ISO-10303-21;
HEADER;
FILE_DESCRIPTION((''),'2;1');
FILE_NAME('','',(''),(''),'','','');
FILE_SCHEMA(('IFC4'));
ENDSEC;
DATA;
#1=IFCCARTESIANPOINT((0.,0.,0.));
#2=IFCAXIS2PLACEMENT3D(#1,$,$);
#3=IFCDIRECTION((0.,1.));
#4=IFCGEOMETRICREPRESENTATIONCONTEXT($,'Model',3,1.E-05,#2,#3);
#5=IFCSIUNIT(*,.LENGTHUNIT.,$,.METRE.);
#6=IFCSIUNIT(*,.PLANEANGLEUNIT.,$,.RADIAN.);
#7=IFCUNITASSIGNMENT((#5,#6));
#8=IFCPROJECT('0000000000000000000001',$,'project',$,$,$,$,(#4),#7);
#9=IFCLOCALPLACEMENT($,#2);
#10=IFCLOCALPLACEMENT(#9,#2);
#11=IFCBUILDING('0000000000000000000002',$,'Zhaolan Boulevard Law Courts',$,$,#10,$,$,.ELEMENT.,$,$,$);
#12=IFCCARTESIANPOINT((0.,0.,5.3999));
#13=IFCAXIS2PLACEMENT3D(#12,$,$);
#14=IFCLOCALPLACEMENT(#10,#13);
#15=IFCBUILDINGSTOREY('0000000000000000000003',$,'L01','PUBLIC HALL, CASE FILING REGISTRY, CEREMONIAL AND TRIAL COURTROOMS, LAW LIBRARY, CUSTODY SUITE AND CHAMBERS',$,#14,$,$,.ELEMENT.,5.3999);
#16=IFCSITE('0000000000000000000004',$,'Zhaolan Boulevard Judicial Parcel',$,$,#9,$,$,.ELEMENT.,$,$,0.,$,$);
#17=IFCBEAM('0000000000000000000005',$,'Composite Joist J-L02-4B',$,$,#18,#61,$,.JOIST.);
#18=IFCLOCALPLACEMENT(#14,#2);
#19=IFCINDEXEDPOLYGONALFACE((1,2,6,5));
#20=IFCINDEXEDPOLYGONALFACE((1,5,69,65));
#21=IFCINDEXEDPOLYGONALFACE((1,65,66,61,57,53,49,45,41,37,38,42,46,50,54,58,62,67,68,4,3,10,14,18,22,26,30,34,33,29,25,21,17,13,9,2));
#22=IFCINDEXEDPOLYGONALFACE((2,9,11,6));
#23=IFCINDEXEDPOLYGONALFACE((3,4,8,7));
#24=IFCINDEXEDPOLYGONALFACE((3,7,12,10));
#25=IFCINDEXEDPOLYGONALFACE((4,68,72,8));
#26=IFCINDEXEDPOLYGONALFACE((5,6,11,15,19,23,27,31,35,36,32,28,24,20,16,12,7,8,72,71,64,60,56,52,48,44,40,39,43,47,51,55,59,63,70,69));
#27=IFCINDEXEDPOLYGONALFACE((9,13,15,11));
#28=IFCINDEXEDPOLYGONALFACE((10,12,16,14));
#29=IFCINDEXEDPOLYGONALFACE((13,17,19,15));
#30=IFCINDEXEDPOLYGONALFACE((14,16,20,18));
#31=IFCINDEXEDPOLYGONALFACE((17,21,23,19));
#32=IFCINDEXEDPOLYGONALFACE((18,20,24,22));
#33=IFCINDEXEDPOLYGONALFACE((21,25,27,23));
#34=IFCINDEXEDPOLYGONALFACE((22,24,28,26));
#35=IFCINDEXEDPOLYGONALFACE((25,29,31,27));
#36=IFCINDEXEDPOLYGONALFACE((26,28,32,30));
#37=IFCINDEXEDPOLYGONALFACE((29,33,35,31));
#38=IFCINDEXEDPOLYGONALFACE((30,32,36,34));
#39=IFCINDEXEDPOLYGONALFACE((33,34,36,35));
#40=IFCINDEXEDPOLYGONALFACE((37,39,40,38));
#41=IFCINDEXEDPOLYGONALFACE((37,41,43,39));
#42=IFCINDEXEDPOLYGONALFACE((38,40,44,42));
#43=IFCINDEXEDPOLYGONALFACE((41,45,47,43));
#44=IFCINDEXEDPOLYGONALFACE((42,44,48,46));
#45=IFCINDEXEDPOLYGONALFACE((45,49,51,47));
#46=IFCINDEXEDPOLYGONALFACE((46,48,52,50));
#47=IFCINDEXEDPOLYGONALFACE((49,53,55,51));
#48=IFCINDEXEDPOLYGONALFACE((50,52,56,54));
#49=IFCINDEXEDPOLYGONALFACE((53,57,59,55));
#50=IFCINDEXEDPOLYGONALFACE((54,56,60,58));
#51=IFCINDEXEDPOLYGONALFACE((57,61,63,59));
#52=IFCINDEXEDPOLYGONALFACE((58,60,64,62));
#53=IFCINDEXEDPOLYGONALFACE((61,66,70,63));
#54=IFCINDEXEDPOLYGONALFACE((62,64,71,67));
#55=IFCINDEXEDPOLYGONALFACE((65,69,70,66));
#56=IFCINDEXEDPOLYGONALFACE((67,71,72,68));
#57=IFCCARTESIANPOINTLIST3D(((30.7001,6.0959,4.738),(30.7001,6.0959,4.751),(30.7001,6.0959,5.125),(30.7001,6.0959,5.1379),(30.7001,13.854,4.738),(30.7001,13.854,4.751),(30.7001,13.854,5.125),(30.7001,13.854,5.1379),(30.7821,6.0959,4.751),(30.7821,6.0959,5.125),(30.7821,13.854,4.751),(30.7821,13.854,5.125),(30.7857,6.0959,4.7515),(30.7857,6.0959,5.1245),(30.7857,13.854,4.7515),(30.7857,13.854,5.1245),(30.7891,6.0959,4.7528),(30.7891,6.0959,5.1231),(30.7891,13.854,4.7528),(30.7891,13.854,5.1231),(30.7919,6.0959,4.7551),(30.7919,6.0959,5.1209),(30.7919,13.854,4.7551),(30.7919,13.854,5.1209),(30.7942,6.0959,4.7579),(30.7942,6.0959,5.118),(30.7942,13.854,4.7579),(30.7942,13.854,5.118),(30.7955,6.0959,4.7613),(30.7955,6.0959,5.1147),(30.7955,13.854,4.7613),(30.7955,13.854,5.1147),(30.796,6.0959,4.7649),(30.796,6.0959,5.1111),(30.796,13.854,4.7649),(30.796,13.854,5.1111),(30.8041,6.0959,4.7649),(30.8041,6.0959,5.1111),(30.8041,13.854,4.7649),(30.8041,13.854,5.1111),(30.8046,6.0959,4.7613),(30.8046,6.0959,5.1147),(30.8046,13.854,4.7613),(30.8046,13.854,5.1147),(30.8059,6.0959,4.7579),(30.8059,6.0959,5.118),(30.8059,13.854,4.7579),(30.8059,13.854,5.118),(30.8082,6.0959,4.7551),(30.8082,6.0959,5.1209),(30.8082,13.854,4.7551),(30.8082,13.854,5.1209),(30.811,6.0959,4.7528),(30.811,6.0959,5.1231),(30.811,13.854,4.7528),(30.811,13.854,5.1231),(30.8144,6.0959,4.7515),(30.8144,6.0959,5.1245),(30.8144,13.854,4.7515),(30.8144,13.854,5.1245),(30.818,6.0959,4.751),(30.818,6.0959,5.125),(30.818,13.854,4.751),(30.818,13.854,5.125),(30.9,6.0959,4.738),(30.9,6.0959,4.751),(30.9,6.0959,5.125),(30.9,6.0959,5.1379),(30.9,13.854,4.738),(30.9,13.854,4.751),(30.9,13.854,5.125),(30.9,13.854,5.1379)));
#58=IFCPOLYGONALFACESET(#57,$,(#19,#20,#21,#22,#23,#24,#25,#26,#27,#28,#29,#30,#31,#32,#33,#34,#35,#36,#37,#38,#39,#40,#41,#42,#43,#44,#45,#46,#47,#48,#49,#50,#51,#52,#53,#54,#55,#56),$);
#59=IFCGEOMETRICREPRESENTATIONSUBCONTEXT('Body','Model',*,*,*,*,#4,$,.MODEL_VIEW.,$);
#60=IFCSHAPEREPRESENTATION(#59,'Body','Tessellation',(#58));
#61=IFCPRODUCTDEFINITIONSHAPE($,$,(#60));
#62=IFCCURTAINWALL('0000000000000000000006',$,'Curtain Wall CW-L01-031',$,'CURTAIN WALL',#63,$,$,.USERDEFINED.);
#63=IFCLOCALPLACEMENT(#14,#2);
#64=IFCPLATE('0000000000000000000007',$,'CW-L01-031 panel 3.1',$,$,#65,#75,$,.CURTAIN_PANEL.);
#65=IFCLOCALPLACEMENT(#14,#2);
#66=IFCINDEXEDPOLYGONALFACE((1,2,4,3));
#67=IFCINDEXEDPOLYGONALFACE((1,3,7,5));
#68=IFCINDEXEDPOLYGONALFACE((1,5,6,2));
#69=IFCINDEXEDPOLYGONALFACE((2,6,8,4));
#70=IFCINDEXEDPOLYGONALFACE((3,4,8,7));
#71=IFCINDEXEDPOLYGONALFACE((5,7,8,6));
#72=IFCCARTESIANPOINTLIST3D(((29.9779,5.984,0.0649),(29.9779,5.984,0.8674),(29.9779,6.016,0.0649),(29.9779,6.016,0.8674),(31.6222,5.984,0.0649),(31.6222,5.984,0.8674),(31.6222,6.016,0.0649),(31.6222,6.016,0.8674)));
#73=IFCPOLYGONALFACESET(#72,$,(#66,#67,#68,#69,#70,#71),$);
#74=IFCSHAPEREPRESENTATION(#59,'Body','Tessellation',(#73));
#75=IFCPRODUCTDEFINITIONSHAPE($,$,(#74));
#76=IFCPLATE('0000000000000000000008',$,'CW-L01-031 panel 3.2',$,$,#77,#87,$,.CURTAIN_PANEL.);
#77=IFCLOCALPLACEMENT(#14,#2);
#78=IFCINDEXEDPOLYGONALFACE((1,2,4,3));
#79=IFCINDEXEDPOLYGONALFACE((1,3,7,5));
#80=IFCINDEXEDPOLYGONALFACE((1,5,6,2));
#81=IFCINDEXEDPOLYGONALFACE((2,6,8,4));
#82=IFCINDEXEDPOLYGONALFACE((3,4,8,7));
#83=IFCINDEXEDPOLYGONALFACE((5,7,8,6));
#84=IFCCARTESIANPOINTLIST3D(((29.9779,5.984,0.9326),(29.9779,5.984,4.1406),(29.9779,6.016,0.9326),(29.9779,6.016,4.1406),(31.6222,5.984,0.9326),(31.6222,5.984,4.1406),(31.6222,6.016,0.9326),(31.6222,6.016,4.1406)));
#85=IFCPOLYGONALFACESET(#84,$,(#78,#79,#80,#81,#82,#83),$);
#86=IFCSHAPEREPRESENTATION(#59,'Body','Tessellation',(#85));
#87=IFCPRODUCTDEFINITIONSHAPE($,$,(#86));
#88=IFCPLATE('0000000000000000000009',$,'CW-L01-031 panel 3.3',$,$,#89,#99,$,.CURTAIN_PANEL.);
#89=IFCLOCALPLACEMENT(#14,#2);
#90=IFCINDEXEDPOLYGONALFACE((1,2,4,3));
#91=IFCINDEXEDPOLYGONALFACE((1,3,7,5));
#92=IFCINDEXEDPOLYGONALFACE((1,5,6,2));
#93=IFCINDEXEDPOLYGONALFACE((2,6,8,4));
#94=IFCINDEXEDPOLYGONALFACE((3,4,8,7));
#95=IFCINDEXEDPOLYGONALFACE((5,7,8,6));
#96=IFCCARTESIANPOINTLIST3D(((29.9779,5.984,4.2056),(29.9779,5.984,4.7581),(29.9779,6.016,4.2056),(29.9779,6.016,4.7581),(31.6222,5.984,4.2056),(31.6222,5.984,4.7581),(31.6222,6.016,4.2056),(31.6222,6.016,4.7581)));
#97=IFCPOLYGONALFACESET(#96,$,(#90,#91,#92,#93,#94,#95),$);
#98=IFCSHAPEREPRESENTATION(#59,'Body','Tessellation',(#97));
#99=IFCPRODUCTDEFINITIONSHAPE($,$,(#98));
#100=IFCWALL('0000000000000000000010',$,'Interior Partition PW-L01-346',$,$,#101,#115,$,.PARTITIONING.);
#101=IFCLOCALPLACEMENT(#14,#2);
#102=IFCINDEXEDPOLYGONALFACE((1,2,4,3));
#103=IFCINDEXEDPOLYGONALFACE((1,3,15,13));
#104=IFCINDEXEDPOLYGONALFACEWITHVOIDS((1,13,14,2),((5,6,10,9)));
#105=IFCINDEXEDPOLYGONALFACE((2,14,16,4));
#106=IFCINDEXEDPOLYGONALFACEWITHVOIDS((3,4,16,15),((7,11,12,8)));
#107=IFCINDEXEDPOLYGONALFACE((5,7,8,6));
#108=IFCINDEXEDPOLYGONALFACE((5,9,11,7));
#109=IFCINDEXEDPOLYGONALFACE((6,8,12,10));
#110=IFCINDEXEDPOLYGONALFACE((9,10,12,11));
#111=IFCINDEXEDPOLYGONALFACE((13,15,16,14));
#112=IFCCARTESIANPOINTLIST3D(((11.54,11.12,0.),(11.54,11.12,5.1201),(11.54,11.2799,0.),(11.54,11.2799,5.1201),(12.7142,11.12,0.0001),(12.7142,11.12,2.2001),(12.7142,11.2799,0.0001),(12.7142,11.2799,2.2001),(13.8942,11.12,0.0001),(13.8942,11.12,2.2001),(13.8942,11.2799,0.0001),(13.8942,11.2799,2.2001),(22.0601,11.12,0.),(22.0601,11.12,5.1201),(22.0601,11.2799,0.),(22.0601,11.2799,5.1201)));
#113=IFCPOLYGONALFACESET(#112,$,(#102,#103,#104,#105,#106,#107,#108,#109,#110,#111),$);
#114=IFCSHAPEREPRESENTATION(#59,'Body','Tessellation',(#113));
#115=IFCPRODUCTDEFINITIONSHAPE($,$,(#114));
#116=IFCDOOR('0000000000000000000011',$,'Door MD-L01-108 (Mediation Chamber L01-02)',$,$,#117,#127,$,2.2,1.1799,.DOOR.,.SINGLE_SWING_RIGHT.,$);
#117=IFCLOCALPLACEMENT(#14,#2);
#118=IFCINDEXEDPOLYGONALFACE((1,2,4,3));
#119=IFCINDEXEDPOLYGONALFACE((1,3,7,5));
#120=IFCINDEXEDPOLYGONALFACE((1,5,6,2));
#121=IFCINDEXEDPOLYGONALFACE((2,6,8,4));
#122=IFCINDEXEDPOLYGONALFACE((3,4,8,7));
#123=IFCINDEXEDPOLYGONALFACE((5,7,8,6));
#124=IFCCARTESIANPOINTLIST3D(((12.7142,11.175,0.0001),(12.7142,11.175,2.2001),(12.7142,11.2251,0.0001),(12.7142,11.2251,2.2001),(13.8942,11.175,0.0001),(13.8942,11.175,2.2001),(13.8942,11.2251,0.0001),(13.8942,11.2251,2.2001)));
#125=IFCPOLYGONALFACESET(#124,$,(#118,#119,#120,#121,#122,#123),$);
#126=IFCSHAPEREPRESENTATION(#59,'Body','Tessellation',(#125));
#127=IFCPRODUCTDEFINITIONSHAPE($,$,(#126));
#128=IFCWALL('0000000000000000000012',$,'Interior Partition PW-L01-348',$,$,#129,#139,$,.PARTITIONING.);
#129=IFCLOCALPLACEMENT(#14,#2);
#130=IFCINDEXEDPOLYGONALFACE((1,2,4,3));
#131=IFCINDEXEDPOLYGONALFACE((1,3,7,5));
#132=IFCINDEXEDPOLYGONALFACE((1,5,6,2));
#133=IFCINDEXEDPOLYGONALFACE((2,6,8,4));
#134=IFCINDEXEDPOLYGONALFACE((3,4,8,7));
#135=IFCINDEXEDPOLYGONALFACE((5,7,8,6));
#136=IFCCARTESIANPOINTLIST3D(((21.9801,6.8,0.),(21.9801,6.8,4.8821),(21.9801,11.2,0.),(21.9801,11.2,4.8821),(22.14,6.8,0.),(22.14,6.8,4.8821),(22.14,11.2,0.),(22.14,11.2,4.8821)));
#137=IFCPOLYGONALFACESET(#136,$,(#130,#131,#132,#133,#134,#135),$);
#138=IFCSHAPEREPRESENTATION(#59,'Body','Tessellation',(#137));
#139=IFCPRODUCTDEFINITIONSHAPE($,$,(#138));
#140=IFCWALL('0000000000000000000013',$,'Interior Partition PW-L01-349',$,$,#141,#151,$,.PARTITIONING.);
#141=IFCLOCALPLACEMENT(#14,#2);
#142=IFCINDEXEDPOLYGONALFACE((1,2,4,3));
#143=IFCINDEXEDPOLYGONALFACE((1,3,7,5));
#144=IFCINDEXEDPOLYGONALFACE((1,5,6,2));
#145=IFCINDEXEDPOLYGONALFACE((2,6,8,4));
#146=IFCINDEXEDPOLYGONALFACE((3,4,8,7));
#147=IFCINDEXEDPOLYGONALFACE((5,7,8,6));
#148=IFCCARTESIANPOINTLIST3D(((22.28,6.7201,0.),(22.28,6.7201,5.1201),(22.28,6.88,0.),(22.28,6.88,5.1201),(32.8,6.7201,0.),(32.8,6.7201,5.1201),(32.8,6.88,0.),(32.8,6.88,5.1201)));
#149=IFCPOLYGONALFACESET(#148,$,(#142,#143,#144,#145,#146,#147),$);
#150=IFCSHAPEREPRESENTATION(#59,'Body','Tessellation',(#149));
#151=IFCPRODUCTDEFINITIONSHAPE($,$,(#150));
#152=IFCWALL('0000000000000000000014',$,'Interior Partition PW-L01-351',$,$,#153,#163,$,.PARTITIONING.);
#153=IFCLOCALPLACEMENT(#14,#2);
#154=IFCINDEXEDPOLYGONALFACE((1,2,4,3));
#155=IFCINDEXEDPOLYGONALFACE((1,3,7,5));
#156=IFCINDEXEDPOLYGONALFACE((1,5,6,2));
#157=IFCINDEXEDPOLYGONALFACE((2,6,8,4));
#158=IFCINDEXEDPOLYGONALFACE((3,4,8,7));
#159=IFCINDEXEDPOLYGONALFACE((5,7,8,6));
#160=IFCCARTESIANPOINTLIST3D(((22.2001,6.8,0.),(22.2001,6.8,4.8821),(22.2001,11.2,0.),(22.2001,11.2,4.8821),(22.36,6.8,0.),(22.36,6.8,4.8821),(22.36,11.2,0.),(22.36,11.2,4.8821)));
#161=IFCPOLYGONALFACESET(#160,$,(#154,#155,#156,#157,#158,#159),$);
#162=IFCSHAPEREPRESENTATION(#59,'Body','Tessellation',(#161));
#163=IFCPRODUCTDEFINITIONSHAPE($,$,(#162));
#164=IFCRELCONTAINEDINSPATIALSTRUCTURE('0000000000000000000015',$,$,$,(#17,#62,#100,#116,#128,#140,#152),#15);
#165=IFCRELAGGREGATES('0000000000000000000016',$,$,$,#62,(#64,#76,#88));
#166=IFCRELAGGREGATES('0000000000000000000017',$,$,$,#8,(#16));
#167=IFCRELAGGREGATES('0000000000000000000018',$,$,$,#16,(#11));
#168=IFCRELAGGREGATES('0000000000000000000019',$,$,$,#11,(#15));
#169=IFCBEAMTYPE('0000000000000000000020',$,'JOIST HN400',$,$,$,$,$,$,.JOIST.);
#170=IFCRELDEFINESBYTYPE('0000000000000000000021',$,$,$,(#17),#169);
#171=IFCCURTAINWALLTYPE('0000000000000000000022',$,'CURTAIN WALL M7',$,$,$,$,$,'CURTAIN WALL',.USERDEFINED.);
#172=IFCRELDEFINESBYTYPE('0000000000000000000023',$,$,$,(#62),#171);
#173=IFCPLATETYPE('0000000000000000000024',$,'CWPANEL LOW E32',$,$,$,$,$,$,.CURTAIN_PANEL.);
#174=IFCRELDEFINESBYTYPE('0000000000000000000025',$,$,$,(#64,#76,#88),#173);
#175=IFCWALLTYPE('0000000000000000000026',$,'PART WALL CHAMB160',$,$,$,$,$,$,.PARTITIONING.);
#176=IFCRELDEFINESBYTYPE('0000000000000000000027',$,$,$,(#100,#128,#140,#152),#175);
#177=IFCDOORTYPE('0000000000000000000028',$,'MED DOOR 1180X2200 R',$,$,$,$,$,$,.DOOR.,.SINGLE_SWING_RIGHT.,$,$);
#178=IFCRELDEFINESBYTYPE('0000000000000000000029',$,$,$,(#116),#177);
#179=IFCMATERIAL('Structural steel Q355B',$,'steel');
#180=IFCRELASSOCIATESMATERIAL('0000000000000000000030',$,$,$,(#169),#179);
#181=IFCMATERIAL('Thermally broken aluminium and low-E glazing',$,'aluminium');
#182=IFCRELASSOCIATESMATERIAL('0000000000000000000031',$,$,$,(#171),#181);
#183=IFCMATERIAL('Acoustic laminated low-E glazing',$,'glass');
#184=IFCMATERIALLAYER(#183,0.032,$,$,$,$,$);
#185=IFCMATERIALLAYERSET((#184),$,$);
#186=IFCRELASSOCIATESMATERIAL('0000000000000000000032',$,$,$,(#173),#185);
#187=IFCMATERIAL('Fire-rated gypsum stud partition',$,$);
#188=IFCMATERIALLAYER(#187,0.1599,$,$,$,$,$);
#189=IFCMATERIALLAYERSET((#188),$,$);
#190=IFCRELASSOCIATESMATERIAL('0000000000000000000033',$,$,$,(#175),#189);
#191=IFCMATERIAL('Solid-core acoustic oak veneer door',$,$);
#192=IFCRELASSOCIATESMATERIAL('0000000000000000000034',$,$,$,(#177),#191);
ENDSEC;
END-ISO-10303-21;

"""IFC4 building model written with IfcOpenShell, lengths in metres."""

from ifc_helpers import new_model, si_unit, direction, frame, frame_2d, origin, origin_2d, place, context, subcontext, project, spatial, rectangle, i_section, extrude, material, layer, layer_set, material_profile, profile_set, type_object, element, fill, aggregate, save


model = new_model("IFC4")

# Units and contexts
model_context = context("Model", 3, precision=1e-05, world=origin(), true_north=direction((0.0, 1.0)))
body_context = subcontext(model_context, "Body", "Model", "MODEL_VIEW")
ifc_project = project(units=[si_unit("LENGTHUNIT", "METRE"), si_unit("PLANEANGLEUNIT", "RADIAN")], contexts=[model_context])

# Site, building, storey
site_placement = place(None, origin())
site = spatial("IfcSite", under=ifc_project, at=site_placement, Name="Zhaolan Boulevard Judicial Parcel", CompositionType="ELEMENT", RefElevation=0.0)
building_placement = place(site_placement, origin())
building = spatial("IfcBuilding", under=site, at=building_placement, Name="Zhaolan Boulevard Law Courts", CompositionType="ELEMENT")
storey_placement = place(building_placement, frame((0.0, 0.0, 5.3999)))
storey = spatial("IfcBuildingStorey", under=building, at=storey_placement, Name="L01", Description="PUBLIC HALL, CASE FILING REGISTRY, CEREMONIAL AND TRIAL COURTROOMS, LAW LIBRARY, CUSTODY SUITE AND CHAMBERS", CompositionType="ELEMENT", Elevation=5.3999)

# Beam
ifc_material_1 = material(Name="Structural steel Q355B", Category="steel")
ifc_material_profile_1 = material_profile(ifc_material_1, i_section(OverallWidth=0.2, OverallDepth=0.3999, WebThickness=0.0081, FlangeThickness=0.0129, FilletRadius=0.0139, at=origin_2d()), Name="HN400x200")
ifc_profile_set_1 = profile_set([ifc_material_profile_1], Name="Structural steel Q355B")
beam_type_1 = type_object("IfcBeamType", Name="JOIST HN400", PredefinedType="JOIST", material=ifc_profile_set_1)
beam_1_placement = place(storey_placement, frame((30.8, 6.0959, 4.938), z_axis=(0.0, 1.0, 0.0), x_axis=(-1.0, 0.0, 0.0)))
element("IfcBeam", 1, at=beam_1_placement, inside=storey, type_object=beam_type_1, Name="Composite Joist J-L02-4B", PredefinedType="JOIST", context=body_context, shape_type="SweptSolid", body=[
    extrude(i_section(OverallWidth=0.2, OverallDepth=0.3999, WebThickness=0.0081, FlangeThickness=0.0129, FilletRadius=0.0139, at=origin_2d()), origin(), (0.0, 0.0, 1.0), 7.7581),
])

# Curtain wall, plates
ifc_material_2 = material(Name="Thermally broken aluminium and low-E glazing", Category="aluminium")
curtain_wall_type = type_object("IfcCurtainWallType", Name="CURTAIN WALL M7", ElementType="CURTAIN WALL", PredefinedType="USERDEFINED", material=ifc_material_2)
curtain_wall_placement = place(storey_placement, origin())
curtain_wall = element("IfcCurtainWall", 2, at=curtain_wall_placement, inside=storey, type_object=curtain_wall_type, Name="Curtain Wall CW-L01-031", ObjectType="CURTAIN WALL", PredefinedType="USERDEFINED")
ifc_material_3 = material(Name="Acoustic laminated low-E glazing", Category="glass")
ifc_layer_1 = layer(ifc_material_3, 0.032)
ifc_layer_set_1 = layer_set([ifc_layer_1])
plate_type = type_object("IfcPlateType", Name="CWPANEL LOW E32", PredefinedType="CURTAIN_PANEL", material=ifc_layer_set_1)
plate_1_placement = place(storey_placement, frame((30.8, 6.0, 0.0649), z_axis=(0.0, 0.0, 1.0), x_axis=(1.0, 0.0, 0.0)))
plate_1 = element("IfcPlate", 3, at=plate_1_placement, type_object=plate_type, Name="CW-L01-031 panel 3.1", PredefinedType="CURTAIN_PANEL", context=body_context, shape_type="SweptSolid", body=[
    extrude(rectangle(XDim=1.6443, YDim=0.032, at=origin_2d()), origin(), (0.0, 0.0, 1.0), 0.8025),
])
plate_2_placement = place(storey_placement, frame((30.8, 6.0, 0.9326), z_axis=(0.0, 0.0, 1.0), x_axis=(1.0, 0.0, 0.0)))
plate_2 = element("IfcPlate", 4, at=plate_2_placement, type_object=plate_type, Name="CW-L01-031 panel 3.2", PredefinedType="CURTAIN_PANEL", context=body_context, shape_type="SweptSolid", body=[
    extrude(rectangle(XDim=1.6443, YDim=0.032, at=origin_2d()), origin(), (0.0, 0.0, 1.0), 3.208),
])
plate_3_placement = place(storey_placement, frame((30.8, 6.0, 4.2056), z_axis=(0.0, 0.0, 1.0), x_axis=(1.0, 0.0, 0.0)))
plate_3 = element("IfcPlate", 5, at=plate_3_placement, type_object=plate_type, Name="CW-L01-031 panel 3.3", PredefinedType="CURTAIN_PANEL", context=body_context, shape_type="SweptSolid", body=[
    extrude(rectangle(XDim=1.6443, YDim=0.032, at=origin_2d()), origin(), (0.0, 0.0, 1.0), 0.5525),
])
aggregate(curtain_wall, [plate_1, plate_2, plate_3])

# Wall, opening, door
ifc_material_4 = material(Name="Fire-rated gypsum stud partition")
ifc_layer_2 = layer(ifc_material_4, 0.1599)
ifc_layer_set_2 = layer_set([ifc_layer_2])
wall_type = type_object("IfcWallType", Name="PART WALL CHAMB160", PredefinedType="PARTITIONING", material=ifc_layer_set_2)
wall_1_placement = place(storey_placement, frame((22.0601, 11.2, 0.0), z_axis=(0.0, 0.0, 1.0), x_axis=(-1.0, 0.0, 0.0)))
wall_1 = element("IfcWall", 6, at=wall_1_placement, inside=storey, type_object=wall_type, Name="Interior Partition PW-L01-346", PredefinedType="PARTITIONING", context=body_context, shape_type="SweptSolid", body=[
    extrude(rectangle(XDim=10.52, YDim=0.1599, at=frame_2d((5.26, 0.0))), origin(), (0.0, 0.0, 1.0), 5.1201),
])
opening_placement = place(wall_1_placement, frame((8.166, 0.0, 0.0)))
opening = element("IfcOpeningElement", 7, at=opening_placement, cuts=wall_1, PredefinedType="OPENING", context=body_context, shape_type="SweptSolid", body=[
    extrude(rectangle(XDim=1.1799, YDim=2.2, at=frame_2d((0.5898, 1.1001))), frame((0.0, 0.0898, 0.0), z_axis=(0.0, -1.0, 0.0), x_axis=(1.0, 0.0, 0.0)), (0.0, 0.0, 1.0), 0.1799),
])
ifc_material_5 = material(Name="Solid-core acoustic oak veneer door")
door_type = type_object("IfcDoorType", Name="MED DOOR 1180X2200 R", OperationType="SINGLE_SWING_RIGHT", PredefinedType="DOOR", material=ifc_material_5)
door_placement = place(opening_placement, origin())
door = element("IfcDoor", 8, at=door_placement, inside=storey, type_object=door_type, Name="Door MD-L01-108 (Mediation Chamber L01-02)", OperationType="SINGLE_SWING_RIGHT", OverallHeight=2.2, OverallWidth=1.1799, PredefinedType="DOOR", context=body_context, shape_type="SweptSolid", body=[
    extrude(rectangle(XDim=1.1799, YDim=2.2, at=frame_2d((0.5898, 1.1001))), frame((0.0, 0.0249, 0.0), z_axis=(0.0, -1.0, 0.0), x_axis=(1.0, 0.0, 0.0)), (0.0, 0.0, 1.0), 0.05),
])
fill(opening, door)

# Walls
wall_2_placement = place(storey_placement, frame((22.0601, 6.8, 0.0), z_axis=(0.0, 0.0, 1.0), x_axis=(0.0, 1.0, 0.0)))
element("IfcWall", 9, at=wall_2_placement, inside=storey, type_object=wall_type, Name="Interior Partition PW-L01-348", PredefinedType="PARTITIONING", context=body_context, shape_type="SweptSolid", body=[
    extrude(rectangle(XDim=4.3999, YDim=0.1599, at=frame_2d((2.2, 0.0))), origin(), (0.0, 0.0, 1.0), 4.8821),
])
wall_3_placement = place(storey_placement, frame((22.28, 6.8, 0.0), z_axis=(0.0, 0.0, 1.0), x_axis=(1.0, 0.0, 0.0)))
element("IfcWall", 10, at=wall_3_placement, inside=storey, type_object=wall_type, Name="Interior Partition PW-L01-349", PredefinedType="PARTITIONING", context=body_context, shape_type="SweptSolid", body=[
    extrude(rectangle(XDim=10.52, YDim=0.1599, at=frame_2d((5.26, 0.0))), origin(), (0.0, 0.0, 1.0), 5.1201),
])
wall_4_placement = place(storey_placement, frame((22.28, 11.2, 0.0), z_axis=(0.0, 0.0, 1.0), x_axis=(0.0, -1.0, 0.0)))
element("IfcWall", 11, at=wall_4_placement, inside=storey, type_object=wall_type, Name="Interior Partition PW-L01-351", PredefinedType="PARTITIONING", context=body_context, shape_type="SweptSolid", body=[
    extrude(rectangle(XDim=4.3999, YDim=0.1599, at=frame_2d((2.2, 0.0))), origin(), (0.0, 0.0, 1.0), 4.8821),
])

save(model, "model.ifc")
